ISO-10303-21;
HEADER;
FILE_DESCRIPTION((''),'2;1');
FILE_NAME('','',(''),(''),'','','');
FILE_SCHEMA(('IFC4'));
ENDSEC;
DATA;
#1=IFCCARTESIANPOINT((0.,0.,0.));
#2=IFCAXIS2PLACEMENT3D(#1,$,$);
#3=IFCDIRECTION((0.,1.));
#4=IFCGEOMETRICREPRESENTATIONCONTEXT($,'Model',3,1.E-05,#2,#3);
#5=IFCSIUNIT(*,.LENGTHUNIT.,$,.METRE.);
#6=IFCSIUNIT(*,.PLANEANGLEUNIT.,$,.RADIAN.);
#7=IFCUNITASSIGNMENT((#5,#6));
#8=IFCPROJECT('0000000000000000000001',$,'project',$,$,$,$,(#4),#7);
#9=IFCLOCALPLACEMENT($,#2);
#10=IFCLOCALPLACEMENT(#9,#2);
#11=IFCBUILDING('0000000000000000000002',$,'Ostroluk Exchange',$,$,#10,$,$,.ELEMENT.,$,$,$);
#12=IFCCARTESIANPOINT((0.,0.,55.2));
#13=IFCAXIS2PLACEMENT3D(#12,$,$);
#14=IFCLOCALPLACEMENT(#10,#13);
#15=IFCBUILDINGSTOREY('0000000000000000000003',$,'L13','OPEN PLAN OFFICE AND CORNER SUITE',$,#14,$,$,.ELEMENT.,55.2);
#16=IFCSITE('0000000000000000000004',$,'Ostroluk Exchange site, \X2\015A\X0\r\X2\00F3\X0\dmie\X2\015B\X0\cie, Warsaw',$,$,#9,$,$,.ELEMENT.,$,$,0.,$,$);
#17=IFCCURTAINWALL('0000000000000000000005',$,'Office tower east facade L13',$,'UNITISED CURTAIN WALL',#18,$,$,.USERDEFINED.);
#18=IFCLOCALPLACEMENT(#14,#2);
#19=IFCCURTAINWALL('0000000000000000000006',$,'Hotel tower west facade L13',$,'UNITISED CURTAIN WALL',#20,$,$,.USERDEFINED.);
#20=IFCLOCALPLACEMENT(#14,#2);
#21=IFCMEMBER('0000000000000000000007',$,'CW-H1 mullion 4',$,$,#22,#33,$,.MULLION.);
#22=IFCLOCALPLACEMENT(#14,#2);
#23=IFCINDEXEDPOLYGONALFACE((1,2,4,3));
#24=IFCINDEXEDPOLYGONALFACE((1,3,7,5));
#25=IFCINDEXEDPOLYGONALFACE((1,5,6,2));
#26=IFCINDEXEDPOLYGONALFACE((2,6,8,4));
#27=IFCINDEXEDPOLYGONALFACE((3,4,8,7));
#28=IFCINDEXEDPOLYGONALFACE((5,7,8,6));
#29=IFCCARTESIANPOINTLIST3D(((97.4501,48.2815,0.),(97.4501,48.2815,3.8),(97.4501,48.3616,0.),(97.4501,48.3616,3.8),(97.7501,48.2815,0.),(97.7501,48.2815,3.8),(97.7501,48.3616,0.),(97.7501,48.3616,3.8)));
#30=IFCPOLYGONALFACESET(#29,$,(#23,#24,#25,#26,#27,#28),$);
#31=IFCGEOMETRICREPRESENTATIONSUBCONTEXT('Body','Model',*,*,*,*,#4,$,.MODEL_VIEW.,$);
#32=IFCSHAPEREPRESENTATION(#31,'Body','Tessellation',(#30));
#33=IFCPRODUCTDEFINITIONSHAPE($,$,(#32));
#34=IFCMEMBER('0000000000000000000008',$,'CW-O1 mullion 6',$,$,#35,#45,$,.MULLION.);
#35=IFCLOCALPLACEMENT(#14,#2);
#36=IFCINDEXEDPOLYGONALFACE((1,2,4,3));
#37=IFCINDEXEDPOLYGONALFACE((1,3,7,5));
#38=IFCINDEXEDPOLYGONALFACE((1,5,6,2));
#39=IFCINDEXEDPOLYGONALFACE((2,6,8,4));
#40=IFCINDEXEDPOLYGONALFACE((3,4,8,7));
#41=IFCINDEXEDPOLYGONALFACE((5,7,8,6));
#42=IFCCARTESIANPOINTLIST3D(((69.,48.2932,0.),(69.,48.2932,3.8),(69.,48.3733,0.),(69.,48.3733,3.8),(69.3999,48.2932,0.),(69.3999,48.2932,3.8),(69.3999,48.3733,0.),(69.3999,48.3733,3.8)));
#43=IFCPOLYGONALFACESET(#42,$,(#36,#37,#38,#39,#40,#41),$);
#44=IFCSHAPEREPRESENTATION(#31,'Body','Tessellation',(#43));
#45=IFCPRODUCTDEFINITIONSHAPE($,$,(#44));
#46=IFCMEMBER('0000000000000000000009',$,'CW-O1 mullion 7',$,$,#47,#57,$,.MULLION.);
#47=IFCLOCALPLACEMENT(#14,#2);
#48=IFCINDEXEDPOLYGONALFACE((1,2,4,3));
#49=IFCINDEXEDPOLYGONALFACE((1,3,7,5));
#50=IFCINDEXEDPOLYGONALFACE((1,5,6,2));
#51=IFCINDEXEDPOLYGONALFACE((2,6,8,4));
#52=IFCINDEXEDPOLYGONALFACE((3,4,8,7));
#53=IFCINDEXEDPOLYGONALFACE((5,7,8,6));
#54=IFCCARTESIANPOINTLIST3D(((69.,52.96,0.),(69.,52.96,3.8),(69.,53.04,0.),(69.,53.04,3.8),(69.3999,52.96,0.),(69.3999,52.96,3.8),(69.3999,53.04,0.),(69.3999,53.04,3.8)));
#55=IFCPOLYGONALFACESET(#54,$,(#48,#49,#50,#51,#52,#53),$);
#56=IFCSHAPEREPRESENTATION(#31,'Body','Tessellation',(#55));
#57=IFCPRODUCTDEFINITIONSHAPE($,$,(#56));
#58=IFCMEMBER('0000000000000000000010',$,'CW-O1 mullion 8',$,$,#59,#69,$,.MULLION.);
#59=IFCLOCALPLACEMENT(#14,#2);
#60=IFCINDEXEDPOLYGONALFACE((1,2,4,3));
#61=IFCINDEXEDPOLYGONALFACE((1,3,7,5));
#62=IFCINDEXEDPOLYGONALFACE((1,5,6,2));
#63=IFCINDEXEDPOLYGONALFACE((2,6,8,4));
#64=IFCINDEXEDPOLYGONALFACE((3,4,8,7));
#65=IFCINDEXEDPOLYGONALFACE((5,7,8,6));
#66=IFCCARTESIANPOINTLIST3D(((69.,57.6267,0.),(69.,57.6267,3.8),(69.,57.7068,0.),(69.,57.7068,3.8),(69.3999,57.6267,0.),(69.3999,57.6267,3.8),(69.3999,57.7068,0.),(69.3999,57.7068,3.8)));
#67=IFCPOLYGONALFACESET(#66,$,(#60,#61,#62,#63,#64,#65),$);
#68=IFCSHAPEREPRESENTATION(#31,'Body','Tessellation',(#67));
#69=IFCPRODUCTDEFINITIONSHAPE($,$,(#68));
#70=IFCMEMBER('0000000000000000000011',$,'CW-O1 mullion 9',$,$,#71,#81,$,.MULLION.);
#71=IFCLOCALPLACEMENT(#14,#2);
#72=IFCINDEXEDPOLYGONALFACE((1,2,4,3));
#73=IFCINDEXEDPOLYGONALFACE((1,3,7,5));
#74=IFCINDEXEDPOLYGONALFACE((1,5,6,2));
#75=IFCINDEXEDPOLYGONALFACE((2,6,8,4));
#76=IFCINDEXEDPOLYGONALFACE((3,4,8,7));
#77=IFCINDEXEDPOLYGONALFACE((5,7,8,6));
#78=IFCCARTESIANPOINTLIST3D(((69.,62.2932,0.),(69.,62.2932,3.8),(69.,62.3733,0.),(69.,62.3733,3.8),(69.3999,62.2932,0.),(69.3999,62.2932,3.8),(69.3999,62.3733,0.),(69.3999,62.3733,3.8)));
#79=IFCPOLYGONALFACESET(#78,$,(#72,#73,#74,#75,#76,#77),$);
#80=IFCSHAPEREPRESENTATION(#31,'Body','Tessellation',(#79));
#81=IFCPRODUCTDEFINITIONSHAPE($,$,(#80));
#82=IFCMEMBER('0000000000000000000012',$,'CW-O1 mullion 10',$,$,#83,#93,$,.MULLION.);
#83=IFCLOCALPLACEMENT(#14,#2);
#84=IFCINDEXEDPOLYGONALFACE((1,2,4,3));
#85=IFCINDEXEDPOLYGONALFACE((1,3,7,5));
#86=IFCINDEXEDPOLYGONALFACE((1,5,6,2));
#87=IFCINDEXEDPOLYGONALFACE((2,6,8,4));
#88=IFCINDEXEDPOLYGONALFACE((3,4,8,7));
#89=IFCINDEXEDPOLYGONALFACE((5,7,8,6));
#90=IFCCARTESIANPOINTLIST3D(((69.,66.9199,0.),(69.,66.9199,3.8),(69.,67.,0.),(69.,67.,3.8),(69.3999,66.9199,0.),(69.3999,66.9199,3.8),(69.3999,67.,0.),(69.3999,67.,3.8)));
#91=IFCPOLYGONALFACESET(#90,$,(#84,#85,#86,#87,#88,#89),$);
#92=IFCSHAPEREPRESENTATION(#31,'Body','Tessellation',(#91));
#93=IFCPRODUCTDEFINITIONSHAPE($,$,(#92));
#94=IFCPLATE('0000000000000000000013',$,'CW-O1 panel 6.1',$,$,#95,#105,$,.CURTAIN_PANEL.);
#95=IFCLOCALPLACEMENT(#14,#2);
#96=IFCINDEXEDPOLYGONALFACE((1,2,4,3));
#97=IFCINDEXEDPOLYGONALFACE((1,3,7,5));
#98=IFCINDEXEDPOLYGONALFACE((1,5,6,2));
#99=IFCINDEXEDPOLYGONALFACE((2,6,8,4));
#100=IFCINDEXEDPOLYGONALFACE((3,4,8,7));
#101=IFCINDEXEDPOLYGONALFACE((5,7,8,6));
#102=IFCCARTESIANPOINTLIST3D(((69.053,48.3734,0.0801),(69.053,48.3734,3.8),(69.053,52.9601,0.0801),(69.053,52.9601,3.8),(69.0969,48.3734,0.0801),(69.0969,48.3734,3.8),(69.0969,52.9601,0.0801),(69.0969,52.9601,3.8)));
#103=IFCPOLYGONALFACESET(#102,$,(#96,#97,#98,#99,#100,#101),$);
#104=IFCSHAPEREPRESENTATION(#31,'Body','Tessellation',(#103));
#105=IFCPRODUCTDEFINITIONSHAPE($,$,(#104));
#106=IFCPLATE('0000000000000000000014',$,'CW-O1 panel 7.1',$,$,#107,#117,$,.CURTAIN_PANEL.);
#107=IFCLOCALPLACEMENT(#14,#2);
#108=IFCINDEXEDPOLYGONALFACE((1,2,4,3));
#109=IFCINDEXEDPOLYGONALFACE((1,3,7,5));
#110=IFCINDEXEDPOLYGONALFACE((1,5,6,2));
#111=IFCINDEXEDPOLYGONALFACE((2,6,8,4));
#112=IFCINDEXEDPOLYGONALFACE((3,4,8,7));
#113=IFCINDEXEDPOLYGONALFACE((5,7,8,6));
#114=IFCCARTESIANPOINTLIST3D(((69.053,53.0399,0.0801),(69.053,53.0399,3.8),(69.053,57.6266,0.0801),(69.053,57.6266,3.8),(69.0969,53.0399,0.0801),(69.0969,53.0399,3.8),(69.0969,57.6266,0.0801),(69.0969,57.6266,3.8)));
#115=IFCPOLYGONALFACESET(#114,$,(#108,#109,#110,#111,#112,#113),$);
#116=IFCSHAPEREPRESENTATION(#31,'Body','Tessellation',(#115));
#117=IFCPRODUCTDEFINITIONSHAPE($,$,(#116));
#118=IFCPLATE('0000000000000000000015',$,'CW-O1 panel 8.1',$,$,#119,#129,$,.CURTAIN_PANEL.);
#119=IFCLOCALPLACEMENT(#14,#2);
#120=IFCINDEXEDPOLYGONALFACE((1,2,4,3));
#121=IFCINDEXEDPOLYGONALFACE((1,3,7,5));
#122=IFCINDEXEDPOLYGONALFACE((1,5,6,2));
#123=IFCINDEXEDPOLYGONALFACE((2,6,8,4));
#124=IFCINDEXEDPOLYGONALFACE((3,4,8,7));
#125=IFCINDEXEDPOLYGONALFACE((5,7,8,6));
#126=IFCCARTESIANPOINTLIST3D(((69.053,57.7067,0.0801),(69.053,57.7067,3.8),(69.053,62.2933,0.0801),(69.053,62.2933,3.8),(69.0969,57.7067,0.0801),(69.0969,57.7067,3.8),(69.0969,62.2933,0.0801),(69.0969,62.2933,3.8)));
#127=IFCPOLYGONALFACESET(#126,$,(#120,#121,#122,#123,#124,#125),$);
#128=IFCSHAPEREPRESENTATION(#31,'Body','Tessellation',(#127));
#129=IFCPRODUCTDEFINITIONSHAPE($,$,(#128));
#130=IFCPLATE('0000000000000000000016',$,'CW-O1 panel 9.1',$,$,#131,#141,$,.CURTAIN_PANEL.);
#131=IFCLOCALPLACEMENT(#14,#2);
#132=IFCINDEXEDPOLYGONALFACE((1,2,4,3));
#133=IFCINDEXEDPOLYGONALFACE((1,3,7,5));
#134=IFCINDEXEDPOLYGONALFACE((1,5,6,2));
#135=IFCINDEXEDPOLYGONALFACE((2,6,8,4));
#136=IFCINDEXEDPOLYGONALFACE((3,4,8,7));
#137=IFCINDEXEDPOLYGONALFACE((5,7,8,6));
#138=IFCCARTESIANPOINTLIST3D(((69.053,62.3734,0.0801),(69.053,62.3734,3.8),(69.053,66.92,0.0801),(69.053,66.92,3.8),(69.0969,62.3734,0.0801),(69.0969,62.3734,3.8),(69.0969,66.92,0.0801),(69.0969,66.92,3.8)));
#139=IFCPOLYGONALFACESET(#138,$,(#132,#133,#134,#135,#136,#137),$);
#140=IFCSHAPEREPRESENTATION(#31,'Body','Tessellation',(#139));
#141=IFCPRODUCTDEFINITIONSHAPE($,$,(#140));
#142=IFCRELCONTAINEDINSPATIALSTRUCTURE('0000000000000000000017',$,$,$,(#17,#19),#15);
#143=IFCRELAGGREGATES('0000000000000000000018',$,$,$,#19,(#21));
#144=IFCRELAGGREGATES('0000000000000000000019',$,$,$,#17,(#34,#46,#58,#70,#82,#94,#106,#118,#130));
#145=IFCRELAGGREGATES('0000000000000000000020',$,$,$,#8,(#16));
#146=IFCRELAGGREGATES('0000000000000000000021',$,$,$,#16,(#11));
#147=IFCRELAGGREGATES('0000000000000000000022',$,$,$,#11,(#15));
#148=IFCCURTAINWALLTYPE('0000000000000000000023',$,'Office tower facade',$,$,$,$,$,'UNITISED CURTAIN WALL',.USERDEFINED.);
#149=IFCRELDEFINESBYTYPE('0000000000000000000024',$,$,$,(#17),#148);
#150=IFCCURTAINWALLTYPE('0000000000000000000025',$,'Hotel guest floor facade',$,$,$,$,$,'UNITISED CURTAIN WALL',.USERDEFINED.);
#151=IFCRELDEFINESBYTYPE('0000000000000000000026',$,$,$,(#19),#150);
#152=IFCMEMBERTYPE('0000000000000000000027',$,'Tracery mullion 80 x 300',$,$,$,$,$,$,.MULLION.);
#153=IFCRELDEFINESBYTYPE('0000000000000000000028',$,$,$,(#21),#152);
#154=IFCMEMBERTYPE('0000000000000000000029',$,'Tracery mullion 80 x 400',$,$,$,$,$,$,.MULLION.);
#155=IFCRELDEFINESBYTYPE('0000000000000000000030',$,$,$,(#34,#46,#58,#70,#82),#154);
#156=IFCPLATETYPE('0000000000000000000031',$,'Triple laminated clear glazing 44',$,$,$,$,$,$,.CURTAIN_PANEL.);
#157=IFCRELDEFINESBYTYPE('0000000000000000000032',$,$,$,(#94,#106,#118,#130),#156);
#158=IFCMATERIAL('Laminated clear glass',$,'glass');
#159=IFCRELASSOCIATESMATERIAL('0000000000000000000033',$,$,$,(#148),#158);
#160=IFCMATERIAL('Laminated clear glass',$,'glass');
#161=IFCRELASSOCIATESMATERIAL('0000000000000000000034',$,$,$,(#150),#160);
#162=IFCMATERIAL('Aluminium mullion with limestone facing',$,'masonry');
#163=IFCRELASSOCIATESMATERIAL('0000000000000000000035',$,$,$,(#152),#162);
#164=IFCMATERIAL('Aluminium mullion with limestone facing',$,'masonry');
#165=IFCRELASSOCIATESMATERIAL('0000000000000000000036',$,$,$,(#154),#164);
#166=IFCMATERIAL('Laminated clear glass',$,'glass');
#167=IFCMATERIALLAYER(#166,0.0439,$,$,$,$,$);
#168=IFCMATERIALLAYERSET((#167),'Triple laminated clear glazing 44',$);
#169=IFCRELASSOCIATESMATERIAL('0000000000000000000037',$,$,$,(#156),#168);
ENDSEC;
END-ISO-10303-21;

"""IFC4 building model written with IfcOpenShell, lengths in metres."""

from ifc_helpers import new_model, si_unit, direction, frame, origin, origin_2d, place, context, subcontext, project, spatial, rectangle, extrude, material, layer, layer_set, material_profile, profile_set, type_object, element, aggregate, save


model = new_model("IFC4")

# Units and contexts
model_context = context("Model", 3, precision=1e-05, world=origin(), true_north=direction((0.0, 1.0)))
body_context = subcontext(model_context, "Body", "Model", "MODEL_VIEW")
ifc_project = project(units=[si_unit("LENGTHUNIT", "METRE"), si_unit("PLANEANGLEUNIT", "RADIAN")], contexts=[model_context])

# Site, building, storey
site_placement = place(None, origin())
site = spatial("IfcSite", under=ifc_project, at=site_placement, Name="Ostroluk Exchange site, Śródmieście, Warsaw", CompositionType="ELEMENT", RefElevation=0.0)
building_placement = place(site_placement, origin())
building = spatial("IfcBuilding", under=site, at=building_placement, Name="Ostroluk Exchange", CompositionType="ELEMENT")
storey_placement = place(building_placement, frame((0.0, 0.0, 55.2)))
storey = spatial("IfcBuildingStorey", under=building, at=storey_placement, Name="L13", Description="OPEN PLAN OFFICE AND CORNER SUITE", CompositionType="ELEMENT", Elevation=55.2)

# Curtain walls, member
ifc_material_1 = material(Name="Laminated clear glass", Category="glass")
curtain_wall_type_1 = type_object("IfcCurtainWallType", Name="Office tower facade", ElementType="UNITISED CURTAIN WALL", PredefinedType="USERDEFINED", material=ifc_material_1)
curtain_wall_1_placement = place(storey_placement, origin())
curtain_wall_1 = element("IfcCurtainWall", 1, at=curtain_wall_1_placement, inside=storey, type_object=curtain_wall_type_1, Name="Office tower east facade L13", ObjectType="UNITISED CURTAIN WALL", PredefinedType="USERDEFINED")
ifc_material_2 = material(Name="Laminated clear glass", Category="glass")
curtain_wall_type_2 = type_object("IfcCurtainWallType", Name="Hotel guest floor facade", ElementType="UNITISED CURTAIN WALL", PredefinedType="USERDEFINED", material=ifc_material_2)
curtain_wall_2_placement = place(storey_placement, origin())
curtain_wall_2 = element("IfcCurtainWall", 2, at=curtain_wall_2_placement, inside=storey, type_object=curtain_wall_type_2, Name="Hotel tower west facade L13", ObjectType="UNITISED CURTAIN WALL", PredefinedType="USERDEFINED")
ifc_material_3 = material(Name="Aluminium mullion with limestone facing", Category="masonry")
ifc_material_profile_1 = material_profile(ifc_material_3, rectangle(XDim=0.3, YDim=0.0801, at=origin_2d()), Name="Tracery mullion 80 x 300")
ifc_profile_set_1 = profile_set([ifc_material_profile_1], Name="Aluminium mullion with limestone facing")
member_type_1 = type_object("IfcMemberType", Name="Tracery mullion 80 x 300", PredefinedType="MULLION", material=ifc_profile_set_1)
member_1_placement = place(storey_placement, frame((97.6001, 48.3215, 0.0), z_axis=(0.0, 0.0, 1.0), x_axis=(1.0, 0.0, 0.0)))
member_1 = element("IfcMember", 3, at=member_1_placement, type_object=member_type_1, Name="CW-H1 mullion 4", PredefinedType="MULLION", context=body_context, shape_type="SweptSolid", body=[
    extrude(rectangle(XDim=0.3, YDim=0.0801, at=origin_2d()), origin(), (0.0, 0.0, 1.0), 3.8),
])
aggregate(curtain_wall_2, [member_1])

# Members
ifc_material_4 = material(Name="Aluminium mullion with limestone facing", Category="masonry")
ifc_material_profile_2 = material_profile(ifc_material_4, rectangle(XDim=0.3999, YDim=0.0801, at=origin_2d()), Name="Tracery mullion 80 x 400")
ifc_profile_set_2 = profile_set([ifc_material_profile_2], Name="Aluminium mullion with limestone facing")
member_type_2 = type_object("IfcMemberType", Name="Tracery mullion 80 x 400", PredefinedType="MULLION", material=ifc_profile_set_2)
member_2_placement = place(storey_placement, frame((69.2, 48.3333, 0.0), z_axis=(0.0, 0.0, 1.0), x_axis=(-1.0, 0.0, 0.0)))
member_2 = element("IfcMember", 4, at=member_2_placement, type_object=member_type_2, Name="CW-O1 mullion 6", PredefinedType="MULLION", context=body_context, shape_type="SweptSolid", body=[
    extrude(rectangle(XDim=0.3999, YDim=0.0801, at=origin_2d()), origin(), (0.0, 0.0, 1.0), 3.8),
])
member_3_placement = place(storey_placement, frame((69.2, 53.0, 0.0), z_axis=(0.0, 0.0, 1.0), x_axis=(-1.0, 0.0, 0.0)))
member_3 = element("IfcMember", 5, at=member_3_placement, type_object=member_type_2, Name="CW-O1 mullion 7", PredefinedType="MULLION", context=body_context, shape_type="SweptSolid", body=[
    extrude(rectangle(XDim=0.3999, YDim=0.0801, at=origin_2d()), origin(), (0.0, 0.0, 1.0), 3.8),
])
member_4_placement = place(storey_placement, frame((69.2, 57.6667, 0.0), z_axis=(0.0, 0.0, 1.0), x_axis=(-1.0, 0.0, 0.0)))
member_4 = element("IfcMember", 6, at=member_4_placement, type_object=member_type_2, Name="CW-O1 mullion 8", PredefinedType="MULLION", context=body_context, shape_type="SweptSolid", body=[
    extrude(rectangle(XDim=0.3999, YDim=0.0801, at=origin_2d()), origin(), (0.0, 0.0, 1.0), 3.8),
])
member_5_placement = place(storey_placement, frame((69.2, 62.3333, 0.0), z_axis=(0.0, 0.0, 1.0), x_axis=(-1.0, 0.0, 0.0)))
member_5 = element("IfcMember", 7, at=member_5_placement, type_object=member_type_2, Name="CW-O1 mullion 9", PredefinedType="MULLION", context=body_context, shape_type="SweptSolid", body=[
    extrude(rectangle(XDim=0.3999, YDim=0.0801, at=origin_2d()), origin(), (0.0, 0.0, 1.0), 3.8),
])
member_6_placement = place(storey_placement, frame((69.2, 66.96, 0.0), z_axis=(0.0, 0.0, 1.0), x_axis=(-1.0, 0.0, 0.0)))
member_6 = element("IfcMember", 8, at=member_6_placement, type_object=member_type_2, Name="CW-O1 mullion 10", PredefinedType="MULLION", context=body_context, shape_type="SweptSolid", body=[
    extrude(rectangle(XDim=0.3999, YDim=0.0801, at=origin_2d()), origin(), (0.0, 0.0, 1.0), 3.8),
])

# Plates
ifc_material_5 = material(Name="Laminated clear glass", Category="glass")
ifc_layer = layer(ifc_material_5, 0.0439)
ifc_layer_set = layer_set([ifc_layer], Name="Triple laminated clear glazing 44")
plate_type = type_object("IfcPlateType", Name="Triple laminated clear glazing 44", PredefinedType="CURTAIN_PANEL", material=ifc_layer_set)
plate_1_placement = place(storey_placement, frame((69.075, 50.6667, 0.0801), z_axis=(0.0, 0.0, 1.0), x_axis=(0.0, 1.0, 0.0)))
plate_1 = element("IfcPlate", 9, at=plate_1_placement, type_object=plate_type, Name="CW-O1 panel 6.1", PredefinedType="CURTAIN_PANEL", context=body_context, shape_type="SweptSolid", body=[
    extrude(rectangle(XDim=4.5867, YDim=0.0439, at=origin_2d()), origin(), (0.0, 0.0, 1.0), 3.72),
])
plate_2_placement = place(storey_placement, frame((69.075, 55.3333, 0.0801), z_axis=(0.0, 0.0, 1.0), x_axis=(0.0, 1.0, 0.0)))
plate_2 = element("IfcPlate", 10, at=plate_2_placement, type_object=plate_type, Name="CW-O1 panel 7.1", PredefinedType="CURTAIN_PANEL", context=body_context, shape_type="SweptSolid", body=[
    extrude(rectangle(XDim=4.5867, YDim=0.0439, at=origin_2d()), origin(), (0.0, 0.0, 1.0), 3.72),
])
plate_3_placement = place(storey_placement, frame((69.075, 60.0, 0.0801), z_axis=(0.0, 0.0, 1.0), x_axis=(0.0, 1.0, 0.0)))
plate_3 = element("IfcPlate", 11, at=plate_3_placement, type_object=plate_type, Name="CW-O1 panel 8.1", PredefinedType="CURTAIN_PANEL", context=body_context, shape_type="SweptSolid", body=[
    extrude(rectangle(XDim=4.5867, YDim=0.0439, at=origin_2d()), origin(), (0.0, 0.0, 1.0), 3.72),
])
plate_4_placement = place(storey_placement, frame((69.075, 64.6467, 0.0801), z_axis=(0.0, 0.0, 1.0), x_axis=(0.0, 1.0, 0.0)))
plate_4 = element("IfcPlate", 12, at=plate_4_placement, type_object=plate_type, Name="CW-O1 panel 9.1", PredefinedType="CURTAIN_PANEL", context=body_context, shape_type="SweptSolid", body=[
    extrude(rectangle(XDim=4.5466, YDim=0.0439, at=origin_2d()), origin(), (0.0, 0.0, 1.0), 3.72),
])
aggregate(curtain_wall_1, [member_2, member_3, member_4, member_5, member_6, plate_1, plate_2, plate_3, plate_4])

save(model, "model.ifc")
